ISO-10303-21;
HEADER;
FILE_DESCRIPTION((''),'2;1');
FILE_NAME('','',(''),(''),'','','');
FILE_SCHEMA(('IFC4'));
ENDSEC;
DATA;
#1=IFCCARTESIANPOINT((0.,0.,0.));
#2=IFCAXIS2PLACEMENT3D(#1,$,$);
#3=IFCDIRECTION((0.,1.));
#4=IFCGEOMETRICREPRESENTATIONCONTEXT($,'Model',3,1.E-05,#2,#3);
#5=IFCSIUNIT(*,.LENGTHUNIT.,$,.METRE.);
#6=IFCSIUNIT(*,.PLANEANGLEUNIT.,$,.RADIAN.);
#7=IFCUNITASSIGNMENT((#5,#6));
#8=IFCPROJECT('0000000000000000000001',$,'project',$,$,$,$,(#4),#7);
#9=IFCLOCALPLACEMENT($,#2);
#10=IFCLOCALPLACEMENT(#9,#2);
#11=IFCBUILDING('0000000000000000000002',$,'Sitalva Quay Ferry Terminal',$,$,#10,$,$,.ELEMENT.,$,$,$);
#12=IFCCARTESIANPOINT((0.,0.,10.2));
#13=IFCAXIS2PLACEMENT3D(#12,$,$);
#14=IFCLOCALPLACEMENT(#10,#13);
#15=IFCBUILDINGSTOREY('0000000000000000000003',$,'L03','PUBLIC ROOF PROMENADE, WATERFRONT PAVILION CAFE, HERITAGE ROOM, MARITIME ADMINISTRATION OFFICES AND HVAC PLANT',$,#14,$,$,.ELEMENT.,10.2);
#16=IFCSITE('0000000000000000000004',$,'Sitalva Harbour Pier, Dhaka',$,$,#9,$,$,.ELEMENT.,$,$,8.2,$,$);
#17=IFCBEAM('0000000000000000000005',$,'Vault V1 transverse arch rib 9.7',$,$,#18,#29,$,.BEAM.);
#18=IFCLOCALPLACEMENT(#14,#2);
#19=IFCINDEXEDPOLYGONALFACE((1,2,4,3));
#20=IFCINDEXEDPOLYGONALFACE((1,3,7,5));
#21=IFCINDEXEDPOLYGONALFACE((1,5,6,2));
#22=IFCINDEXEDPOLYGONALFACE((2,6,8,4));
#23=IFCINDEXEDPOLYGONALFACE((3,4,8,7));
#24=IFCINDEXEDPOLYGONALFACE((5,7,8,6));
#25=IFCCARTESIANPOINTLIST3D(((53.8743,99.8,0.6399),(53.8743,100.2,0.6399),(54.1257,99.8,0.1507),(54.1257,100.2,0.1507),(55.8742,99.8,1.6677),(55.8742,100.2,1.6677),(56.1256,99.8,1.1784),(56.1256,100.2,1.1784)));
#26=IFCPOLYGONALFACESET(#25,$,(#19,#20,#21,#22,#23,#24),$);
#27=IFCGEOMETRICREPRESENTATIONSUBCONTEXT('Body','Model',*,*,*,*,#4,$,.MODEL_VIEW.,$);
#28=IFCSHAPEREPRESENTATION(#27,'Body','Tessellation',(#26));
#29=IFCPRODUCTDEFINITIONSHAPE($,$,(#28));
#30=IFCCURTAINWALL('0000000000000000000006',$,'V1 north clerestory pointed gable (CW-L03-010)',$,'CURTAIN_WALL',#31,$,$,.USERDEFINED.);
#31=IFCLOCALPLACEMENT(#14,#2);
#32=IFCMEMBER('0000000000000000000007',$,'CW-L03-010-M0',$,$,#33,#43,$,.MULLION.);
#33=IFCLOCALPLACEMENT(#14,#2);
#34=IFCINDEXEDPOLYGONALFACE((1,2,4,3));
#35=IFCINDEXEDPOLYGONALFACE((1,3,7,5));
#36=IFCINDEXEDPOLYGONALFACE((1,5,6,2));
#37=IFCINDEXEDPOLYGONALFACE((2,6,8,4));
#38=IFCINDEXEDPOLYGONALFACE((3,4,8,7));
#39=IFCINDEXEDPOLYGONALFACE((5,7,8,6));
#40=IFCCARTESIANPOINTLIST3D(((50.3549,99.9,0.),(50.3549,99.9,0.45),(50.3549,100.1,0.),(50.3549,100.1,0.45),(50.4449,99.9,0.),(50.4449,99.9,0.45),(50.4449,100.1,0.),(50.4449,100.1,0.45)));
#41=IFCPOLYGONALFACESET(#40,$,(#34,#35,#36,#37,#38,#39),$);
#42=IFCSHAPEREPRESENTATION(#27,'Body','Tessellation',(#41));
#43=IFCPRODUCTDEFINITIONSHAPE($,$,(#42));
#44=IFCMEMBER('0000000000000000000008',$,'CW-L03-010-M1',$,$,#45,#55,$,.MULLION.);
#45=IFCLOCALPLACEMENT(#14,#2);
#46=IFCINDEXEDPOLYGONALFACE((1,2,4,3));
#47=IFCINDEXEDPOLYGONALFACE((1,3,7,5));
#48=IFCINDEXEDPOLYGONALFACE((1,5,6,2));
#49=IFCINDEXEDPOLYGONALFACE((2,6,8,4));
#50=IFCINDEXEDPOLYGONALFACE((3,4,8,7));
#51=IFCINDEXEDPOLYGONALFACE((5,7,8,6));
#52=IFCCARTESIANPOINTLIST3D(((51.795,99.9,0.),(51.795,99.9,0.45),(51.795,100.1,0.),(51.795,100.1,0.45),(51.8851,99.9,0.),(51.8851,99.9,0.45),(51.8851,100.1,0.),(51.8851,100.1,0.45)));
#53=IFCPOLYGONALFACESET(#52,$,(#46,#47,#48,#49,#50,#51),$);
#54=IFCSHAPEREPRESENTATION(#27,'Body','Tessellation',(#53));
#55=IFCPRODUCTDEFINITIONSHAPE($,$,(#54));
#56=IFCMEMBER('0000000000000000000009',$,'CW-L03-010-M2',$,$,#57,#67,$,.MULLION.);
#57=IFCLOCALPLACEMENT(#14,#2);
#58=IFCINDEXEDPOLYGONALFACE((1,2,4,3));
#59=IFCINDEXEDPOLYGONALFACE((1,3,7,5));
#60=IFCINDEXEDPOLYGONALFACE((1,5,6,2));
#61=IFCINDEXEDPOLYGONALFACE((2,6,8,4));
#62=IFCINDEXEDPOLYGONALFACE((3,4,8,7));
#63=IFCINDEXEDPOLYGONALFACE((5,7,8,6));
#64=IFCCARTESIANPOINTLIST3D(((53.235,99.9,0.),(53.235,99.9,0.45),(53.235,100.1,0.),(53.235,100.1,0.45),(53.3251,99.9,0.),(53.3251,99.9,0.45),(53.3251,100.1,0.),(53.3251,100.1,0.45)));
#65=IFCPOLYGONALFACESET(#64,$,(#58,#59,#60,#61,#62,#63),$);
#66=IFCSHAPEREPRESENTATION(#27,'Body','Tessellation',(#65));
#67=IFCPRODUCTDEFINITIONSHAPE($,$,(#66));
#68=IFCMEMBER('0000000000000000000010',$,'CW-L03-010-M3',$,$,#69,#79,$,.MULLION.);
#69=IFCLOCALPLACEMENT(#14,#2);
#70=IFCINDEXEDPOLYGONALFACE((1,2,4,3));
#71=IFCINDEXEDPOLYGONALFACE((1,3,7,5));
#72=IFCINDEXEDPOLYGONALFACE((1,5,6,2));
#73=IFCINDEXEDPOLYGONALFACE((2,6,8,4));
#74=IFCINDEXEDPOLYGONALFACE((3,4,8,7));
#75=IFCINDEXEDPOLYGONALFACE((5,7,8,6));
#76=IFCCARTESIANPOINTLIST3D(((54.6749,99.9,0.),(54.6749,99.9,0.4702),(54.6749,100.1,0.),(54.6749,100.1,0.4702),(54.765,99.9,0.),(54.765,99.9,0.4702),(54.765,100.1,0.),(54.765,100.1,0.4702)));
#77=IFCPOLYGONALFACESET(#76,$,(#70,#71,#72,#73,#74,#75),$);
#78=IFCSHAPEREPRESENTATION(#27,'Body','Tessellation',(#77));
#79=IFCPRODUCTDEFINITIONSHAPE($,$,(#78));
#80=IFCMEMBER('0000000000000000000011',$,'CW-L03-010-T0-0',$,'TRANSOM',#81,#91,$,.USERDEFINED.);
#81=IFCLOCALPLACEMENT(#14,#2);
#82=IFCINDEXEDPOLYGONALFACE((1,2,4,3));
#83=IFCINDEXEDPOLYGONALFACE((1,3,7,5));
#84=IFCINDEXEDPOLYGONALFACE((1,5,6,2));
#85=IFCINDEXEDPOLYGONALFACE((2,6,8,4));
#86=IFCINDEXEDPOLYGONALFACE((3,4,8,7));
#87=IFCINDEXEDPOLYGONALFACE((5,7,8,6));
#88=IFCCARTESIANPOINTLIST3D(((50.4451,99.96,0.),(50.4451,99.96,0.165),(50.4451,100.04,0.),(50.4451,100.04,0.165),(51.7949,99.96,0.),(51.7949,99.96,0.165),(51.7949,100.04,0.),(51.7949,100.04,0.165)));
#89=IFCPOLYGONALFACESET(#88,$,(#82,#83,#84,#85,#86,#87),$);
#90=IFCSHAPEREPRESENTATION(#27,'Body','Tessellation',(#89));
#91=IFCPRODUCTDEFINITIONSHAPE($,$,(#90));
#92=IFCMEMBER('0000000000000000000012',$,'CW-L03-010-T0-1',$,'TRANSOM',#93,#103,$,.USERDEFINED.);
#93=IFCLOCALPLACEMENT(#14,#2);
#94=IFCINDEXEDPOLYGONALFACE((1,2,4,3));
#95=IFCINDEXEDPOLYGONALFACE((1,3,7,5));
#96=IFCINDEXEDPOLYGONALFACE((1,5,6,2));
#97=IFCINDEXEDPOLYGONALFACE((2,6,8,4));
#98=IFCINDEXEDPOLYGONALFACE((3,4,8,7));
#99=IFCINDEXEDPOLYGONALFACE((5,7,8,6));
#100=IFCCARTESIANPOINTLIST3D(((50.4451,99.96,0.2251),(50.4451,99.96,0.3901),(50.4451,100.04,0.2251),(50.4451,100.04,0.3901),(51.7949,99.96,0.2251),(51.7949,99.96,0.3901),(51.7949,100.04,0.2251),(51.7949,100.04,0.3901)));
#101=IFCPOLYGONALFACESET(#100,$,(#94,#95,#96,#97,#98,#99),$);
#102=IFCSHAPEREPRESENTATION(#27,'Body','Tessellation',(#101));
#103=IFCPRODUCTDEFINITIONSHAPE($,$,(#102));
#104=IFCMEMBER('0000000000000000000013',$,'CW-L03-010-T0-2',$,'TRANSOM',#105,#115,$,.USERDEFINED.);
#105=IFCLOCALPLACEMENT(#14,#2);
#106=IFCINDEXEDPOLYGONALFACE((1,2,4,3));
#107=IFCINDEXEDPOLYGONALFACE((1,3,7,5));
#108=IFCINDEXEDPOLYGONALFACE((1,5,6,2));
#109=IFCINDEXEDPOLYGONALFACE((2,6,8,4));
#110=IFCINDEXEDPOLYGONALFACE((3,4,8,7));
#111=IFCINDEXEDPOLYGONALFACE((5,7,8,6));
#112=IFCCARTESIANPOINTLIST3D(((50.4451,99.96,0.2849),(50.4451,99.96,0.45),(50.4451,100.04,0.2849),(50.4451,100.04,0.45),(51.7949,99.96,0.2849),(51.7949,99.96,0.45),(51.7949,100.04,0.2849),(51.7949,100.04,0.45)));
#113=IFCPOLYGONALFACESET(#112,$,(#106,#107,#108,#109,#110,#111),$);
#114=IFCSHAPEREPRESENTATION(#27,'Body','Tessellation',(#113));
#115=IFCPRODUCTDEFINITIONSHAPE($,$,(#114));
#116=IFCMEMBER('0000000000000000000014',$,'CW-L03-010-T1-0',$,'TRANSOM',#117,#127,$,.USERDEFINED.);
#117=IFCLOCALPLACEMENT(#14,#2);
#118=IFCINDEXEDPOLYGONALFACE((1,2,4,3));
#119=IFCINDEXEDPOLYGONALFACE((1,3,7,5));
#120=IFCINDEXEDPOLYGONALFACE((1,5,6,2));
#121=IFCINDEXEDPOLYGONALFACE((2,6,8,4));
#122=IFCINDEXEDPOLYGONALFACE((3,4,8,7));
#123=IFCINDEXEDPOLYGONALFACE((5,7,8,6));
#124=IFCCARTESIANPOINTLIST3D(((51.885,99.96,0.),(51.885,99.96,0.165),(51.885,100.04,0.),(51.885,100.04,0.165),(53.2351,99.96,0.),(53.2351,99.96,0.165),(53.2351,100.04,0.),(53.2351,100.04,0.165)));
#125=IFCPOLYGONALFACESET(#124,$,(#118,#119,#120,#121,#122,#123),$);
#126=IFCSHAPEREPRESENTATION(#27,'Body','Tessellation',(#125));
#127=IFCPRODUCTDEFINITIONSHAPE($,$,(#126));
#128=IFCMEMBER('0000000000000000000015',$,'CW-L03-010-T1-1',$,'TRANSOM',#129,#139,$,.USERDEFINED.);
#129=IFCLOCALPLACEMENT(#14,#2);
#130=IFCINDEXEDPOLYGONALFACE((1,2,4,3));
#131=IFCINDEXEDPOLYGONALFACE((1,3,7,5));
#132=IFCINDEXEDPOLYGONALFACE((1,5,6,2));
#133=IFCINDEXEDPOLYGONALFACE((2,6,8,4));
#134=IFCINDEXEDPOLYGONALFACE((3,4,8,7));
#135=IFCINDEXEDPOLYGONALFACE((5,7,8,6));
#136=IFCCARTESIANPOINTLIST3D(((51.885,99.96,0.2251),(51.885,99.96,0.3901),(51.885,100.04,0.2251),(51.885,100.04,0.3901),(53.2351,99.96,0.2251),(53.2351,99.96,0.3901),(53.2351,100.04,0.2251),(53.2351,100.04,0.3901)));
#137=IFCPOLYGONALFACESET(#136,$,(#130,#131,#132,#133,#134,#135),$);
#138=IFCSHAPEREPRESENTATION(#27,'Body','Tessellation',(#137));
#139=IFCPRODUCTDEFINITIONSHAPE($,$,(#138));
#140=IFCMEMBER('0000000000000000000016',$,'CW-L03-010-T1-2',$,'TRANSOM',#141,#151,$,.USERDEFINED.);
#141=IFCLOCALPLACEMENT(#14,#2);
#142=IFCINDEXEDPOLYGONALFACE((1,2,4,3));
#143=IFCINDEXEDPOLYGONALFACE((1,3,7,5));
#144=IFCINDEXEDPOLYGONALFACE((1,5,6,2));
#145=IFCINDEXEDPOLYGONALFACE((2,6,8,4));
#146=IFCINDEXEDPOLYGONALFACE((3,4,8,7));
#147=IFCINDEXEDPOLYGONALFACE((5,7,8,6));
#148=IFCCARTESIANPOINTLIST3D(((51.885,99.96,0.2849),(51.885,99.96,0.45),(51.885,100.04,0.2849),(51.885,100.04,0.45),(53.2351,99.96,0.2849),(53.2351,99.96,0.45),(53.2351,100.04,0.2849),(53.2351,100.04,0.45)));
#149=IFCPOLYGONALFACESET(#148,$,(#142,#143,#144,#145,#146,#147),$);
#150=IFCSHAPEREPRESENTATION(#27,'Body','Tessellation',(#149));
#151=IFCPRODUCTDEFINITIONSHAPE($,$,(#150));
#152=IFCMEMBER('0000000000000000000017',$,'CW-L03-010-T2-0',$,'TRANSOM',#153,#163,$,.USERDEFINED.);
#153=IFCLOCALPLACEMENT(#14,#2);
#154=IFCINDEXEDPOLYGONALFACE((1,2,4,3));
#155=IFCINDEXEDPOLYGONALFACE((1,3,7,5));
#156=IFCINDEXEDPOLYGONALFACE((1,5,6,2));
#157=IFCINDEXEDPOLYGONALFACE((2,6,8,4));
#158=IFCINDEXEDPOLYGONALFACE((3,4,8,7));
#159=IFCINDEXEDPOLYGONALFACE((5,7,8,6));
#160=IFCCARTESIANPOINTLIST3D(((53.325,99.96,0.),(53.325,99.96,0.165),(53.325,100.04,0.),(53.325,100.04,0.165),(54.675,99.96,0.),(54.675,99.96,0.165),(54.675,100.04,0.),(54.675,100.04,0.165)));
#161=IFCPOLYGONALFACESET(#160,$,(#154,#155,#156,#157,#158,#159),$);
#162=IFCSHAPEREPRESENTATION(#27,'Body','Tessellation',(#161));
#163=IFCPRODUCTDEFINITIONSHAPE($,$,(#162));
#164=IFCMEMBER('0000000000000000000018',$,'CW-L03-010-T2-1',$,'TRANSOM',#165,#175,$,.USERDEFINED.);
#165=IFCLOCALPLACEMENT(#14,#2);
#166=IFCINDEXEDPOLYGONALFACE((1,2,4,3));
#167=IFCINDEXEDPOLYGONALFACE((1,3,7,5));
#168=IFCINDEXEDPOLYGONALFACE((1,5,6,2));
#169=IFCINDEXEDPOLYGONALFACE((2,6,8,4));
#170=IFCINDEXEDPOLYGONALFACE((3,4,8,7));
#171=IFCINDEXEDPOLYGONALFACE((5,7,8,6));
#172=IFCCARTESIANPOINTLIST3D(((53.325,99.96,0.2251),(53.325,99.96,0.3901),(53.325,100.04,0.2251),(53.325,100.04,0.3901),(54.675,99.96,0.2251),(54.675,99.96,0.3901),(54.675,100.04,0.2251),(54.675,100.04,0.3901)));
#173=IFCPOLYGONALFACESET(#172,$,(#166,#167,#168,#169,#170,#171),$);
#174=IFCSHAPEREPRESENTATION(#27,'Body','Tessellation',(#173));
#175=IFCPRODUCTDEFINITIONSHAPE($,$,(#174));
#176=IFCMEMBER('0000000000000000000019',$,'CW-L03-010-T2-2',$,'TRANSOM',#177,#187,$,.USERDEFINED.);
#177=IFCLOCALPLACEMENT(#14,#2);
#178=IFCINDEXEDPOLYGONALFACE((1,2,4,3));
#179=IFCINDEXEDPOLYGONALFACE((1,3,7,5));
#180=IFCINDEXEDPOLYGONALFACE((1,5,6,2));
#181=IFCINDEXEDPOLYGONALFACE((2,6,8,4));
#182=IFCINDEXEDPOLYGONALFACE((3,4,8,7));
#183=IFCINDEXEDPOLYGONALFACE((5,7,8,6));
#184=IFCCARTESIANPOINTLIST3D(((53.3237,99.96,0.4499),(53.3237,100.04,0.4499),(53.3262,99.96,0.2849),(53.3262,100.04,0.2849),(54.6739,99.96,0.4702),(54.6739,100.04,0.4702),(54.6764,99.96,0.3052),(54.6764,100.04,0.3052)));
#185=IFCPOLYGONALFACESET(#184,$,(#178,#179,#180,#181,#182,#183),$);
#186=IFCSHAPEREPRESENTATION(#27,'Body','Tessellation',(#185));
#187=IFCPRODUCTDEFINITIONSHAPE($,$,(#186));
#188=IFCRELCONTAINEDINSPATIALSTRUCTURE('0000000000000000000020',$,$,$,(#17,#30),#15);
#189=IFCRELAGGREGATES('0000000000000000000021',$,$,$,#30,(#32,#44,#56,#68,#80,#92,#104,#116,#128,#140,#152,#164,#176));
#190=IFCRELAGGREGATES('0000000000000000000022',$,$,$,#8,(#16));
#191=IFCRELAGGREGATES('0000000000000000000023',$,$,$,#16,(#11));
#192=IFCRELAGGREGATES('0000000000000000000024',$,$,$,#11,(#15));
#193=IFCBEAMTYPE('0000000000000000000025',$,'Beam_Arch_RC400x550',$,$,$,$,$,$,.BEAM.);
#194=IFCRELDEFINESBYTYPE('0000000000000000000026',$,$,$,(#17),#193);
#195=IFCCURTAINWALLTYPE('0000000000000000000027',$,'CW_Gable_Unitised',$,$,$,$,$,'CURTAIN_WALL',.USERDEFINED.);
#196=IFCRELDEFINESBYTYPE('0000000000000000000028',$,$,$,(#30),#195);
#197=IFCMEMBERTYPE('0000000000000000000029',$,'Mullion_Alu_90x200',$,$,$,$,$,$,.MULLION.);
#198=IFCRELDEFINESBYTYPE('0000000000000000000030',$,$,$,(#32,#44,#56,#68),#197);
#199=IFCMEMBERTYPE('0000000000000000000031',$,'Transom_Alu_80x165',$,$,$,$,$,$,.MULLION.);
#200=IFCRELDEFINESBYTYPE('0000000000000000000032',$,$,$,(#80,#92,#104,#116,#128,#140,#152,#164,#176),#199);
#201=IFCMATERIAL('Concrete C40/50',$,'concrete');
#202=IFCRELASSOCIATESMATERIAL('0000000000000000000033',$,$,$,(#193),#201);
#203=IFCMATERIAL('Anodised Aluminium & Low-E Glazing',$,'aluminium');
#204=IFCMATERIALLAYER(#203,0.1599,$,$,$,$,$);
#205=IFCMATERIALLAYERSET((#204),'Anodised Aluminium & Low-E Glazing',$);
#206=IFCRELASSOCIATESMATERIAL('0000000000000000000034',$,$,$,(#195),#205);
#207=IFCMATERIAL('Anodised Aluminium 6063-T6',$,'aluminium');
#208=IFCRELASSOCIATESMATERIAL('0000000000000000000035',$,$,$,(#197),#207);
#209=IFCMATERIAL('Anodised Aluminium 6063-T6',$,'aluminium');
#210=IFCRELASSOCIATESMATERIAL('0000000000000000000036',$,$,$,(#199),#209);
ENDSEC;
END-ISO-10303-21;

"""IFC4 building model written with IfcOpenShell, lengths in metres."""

from ifc_helpers import new_model, si_unit, direction, frame, origin, origin_2d, place, context, subcontext, project, spatial, rectangle, extrude, material, layer, layer_set, material_profile, profile_set, type_object, element, aggregate, save


model = new_model("IFC4")

# Units and contexts
model_context = context("Model", 3, precision=1e-05, world=origin(), true_north=direction((0.0, 1.0)))
body_context = subcontext(model_context, "Body", "Model", "MODEL_VIEW")
ifc_project = project(units=[si_unit("LENGTHUNIT", "METRE"), si_unit("PLANEANGLEUNIT", "RADIAN")], contexts=[model_context])

# Site, building, storey
site_placement = place(None, origin())
site = spatial("IfcSite", under=ifc_project, at=site_placement, Name="Sitalva Harbour Pier, Dhaka", CompositionType="ELEMENT", RefElevation=8.2)
building_placement = place(site_placement, origin())
building = spatial("IfcBuilding", under=site, at=building_placement, Name="Sitalva Quay Ferry Terminal", CompositionType="ELEMENT")
storey_placement = place(building_placement, frame((0.0, 0.0, 10.2)))
storey = spatial("IfcBuildingStorey", under=building, at=storey_placement, Name="L03", Description="PUBLIC ROOF PROMENADE, WATERFRONT PAVILION CAFE, HERITAGE ROOM, MARITIME ADMINISTRATION OFFICES AND HVAC PLANT", CompositionType="ELEMENT", Elevation=10.2)

# Beam
ifc_material_1 = material(Name="Concrete C40/50", Category="concrete")
ifc_material_profile_1 = material_profile(ifc_material_1, rectangle(XDim=0.3999, YDim=0.55, at=origin_2d()), Name="RC400x550")
ifc_profile_set_1 = profile_set([ifc_material_profile_1], Name="Concrete C40/50")
beam_type = type_object("IfcBeamType", Name="Beam_Arch_RC400x550", PredefinedType="BEAM", material=ifc_profile_set_1)
beam_placement = place(storey_placement, frame((54.0, 100.0, 0.3953), z_axis=(0.889421, 0.0, 0.457088), x_axis=(0.0, 1.0, 0.0)))
element("IfcBeam", 1, at=beam_placement, inside=storey, type_object=beam_type, Name="Vault V1 transverse arch rib 9.7", PredefinedType="BEAM", context=body_context, shape_type="SweptSolid", body=[
    extrude(rectangle(XDim=0.3999, YDim=0.55, at=origin_2d()), origin(), (0.0, 0.0, 1.0), 2.2485),
])

# Curtain wall, members
ifc_material_2 = material(Name="Anodised Aluminium & Low-E Glazing", Category="aluminium")
ifc_layer_1 = layer(ifc_material_2, 0.1599)
ifc_layer_set_1 = layer_set([ifc_layer_1], Name="Anodised Aluminium & Low-E Glazing")
curtain_wall_type = type_object("IfcCurtainWallType", Name="CW_Gable_Unitised", ElementType="CURTAIN_WALL", PredefinedType="USERDEFINED", material=ifc_layer_set_1)
curtain_wall_placement = place(storey_placement, origin())
curtain_wall = element("IfcCurtainWall", 2, at=curtain_wall_placement, inside=storey, type_object=curtain_wall_type, Name="V1 north clerestory pointed gable (CW-L03-010)", ObjectType="CURTAIN_WALL", PredefinedType="USERDEFINED")
ifc_material_3 = material(Name="Anodised Aluminium 6063-T6", Category="aluminium")
ifc_material_profile_2 = material_profile(ifc_material_3, rectangle(XDim=0.0901, YDim=0.2, at=origin_2d()), Name="ALU90x200")
ifc_profile_set_2 = profile_set([ifc_material_profile_2], Name="Anodised Aluminium 6063-T6")
member_type_1 = type_object("IfcMemberType", Name="Mullion_Alu_90x200", PredefinedType="MULLION", material=ifc_profile_set_2)
member_1_placement = place(storey_placement, frame((50.3999, 100.0, 0.0), z_axis=(0.0, 0.0, 1.0), x_axis=(1.0, 0.0, 0.0)))
member_1 = element("IfcMember", 3, at=member_1_placement, type_object=member_type_1, Name="CW-L03-010-M0", PredefinedType="MULLION", context=body_context, shape_type="SweptSolid", body=[
    extrude(rectangle(XDim=0.0901, YDim=0.2, at=origin_2d()), origin(), (0.0, 0.0, 1.0), 0.45),
])
member_2_placement = place(storey_placement, frame((51.8401, 100.0, 0.0), z_axis=(0.0, 0.0, 1.0), x_axis=(1.0, 0.0, 0.0)))
member_2 = element("IfcMember", 4, at=member_2_placement, type_object=member_type_1, Name="CW-L03-010-M1", PredefinedType="MULLION", context=body_context, shape_type="SweptSolid", body=[
    extrude(rectangle(XDim=0.0901, YDim=0.2, at=origin_2d()), origin(), (0.0, 0.0, 1.0), 0.45),
])
member_3_placement = place(storey_placement, frame((53.28, 100.0, 0.0), z_axis=(0.0, 0.0, 1.0), x_axis=(1.0, 0.0, 0.0)))
member_3 = element("IfcMember", 5, at=member_3_placement, type_object=member_type_1, Name="CW-L03-010-M2", PredefinedType="MULLION", context=body_context, shape_type="SweptSolid", body=[
    extrude(rectangle(XDim=0.0901, YDim=0.2, at=origin_2d()), origin(), (0.0, 0.0, 1.0), 0.45),
])
member_4_placement = place(storey_placement, frame((54.72, 100.0, 0.0), z_axis=(0.0, 0.0, 1.0), x_axis=(1.0, 0.0, 0.0)))
member_4 = element("IfcMember", 6, at=member_4_placement, type_object=member_type_1, Name="CW-L03-010-M3", PredefinedType="MULLION", context=body_context, shape_type="SweptSolid", body=[
    extrude(rectangle(XDim=0.0901, YDim=0.2, at=origin_2d()), origin(), (0.0, 0.0, 1.0), 0.4702),
])
ifc_material_4 = material(Name="Anodised Aluminium 6063-T6", Category="aluminium")
ifc_material_profile_3 = material_profile(ifc_material_4, rectangle(XDim=0.0801, YDim=0.165, at=origin_2d()), Name="ALU80x165")
ifc_profile_set_3 = profile_set([ifc_material_profile_3], Name="Anodised Aluminium 6063-T6")
member_type_2 = type_object("IfcMemberType", Name="Transom_Alu_80x165", PredefinedType="MULLION", material=ifc_profile_set_3)
member_5_placement = place(storey_placement, frame((50.4451, 100.0, 0.0825), z_axis=(1.0, 0.0, 0.0), x_axis=(0.0, 1.0, 0.0)))
member_5 = element("IfcMember", 7, at=member_5_placement, type_object=member_type_2, Name="CW-L03-010-T0-0", ObjectType="TRANSOM", PredefinedType="USERDEFINED", context=body_context, shape_type="SweptSolid", body=[
    extrude(rectangle(XDim=0.0801, YDim=0.165, at=origin_2d()), origin(), (0.0, 0.0, 1.0), 1.3499),
])
member_6_placement = place(storey_placement, frame((50.4451, 100.0, 0.3076), z_axis=(1.0, 0.0, 0.0), x_axis=(0.0, 1.0, 0.0)))
member_6 = element("IfcMember", 8, at=member_6_placement, type_object=member_type_2, Name="CW-L03-010-T0-1", ObjectType="TRANSOM", PredefinedType="USERDEFINED", context=body_context, shape_type="SweptSolid", body=[
    extrude(rectangle(XDim=0.0801, YDim=0.165, at=origin_2d()), origin(), (0.0, 0.0, 1.0), 1.3499),
])
member_7_placement = place(storey_placement, frame((50.4451, 100.0, 0.3674), z_axis=(1.0, 0.0, 0.0), x_axis=(0.0, 1.0, 0.0)))
member_7 = element("IfcMember", 9, at=member_7_placement, type_object=member_type_2, Name="CW-L03-010-T0-2", ObjectType="TRANSOM", PredefinedType="USERDEFINED", context=body_context, shape_type="SweptSolid", body=[
    extrude(rectangle(XDim=0.0801, YDim=0.165, at=origin_2d()), origin(), (0.0, 0.0, 1.0), 1.3499),
])
member_8_placement = place(storey_placement, frame((51.885, 100.0, 0.0825), z_axis=(1.0, 0.0, 0.0), x_axis=(0.0, 1.0, 0.0)))
member_8 = element("IfcMember", 10, at=member_8_placement, type_object=member_type_2, Name="CW-L03-010-T1-0", ObjectType="TRANSOM", PredefinedType="USERDEFINED", context=body_context, shape_type="SweptSolid", body=[
    extrude(rectangle(XDim=0.0801, YDim=0.165, at=origin_2d()), origin(), (0.0, 0.0, 1.0), 1.3501),
])
member_9_placement = place(storey_placement, frame((51.885, 100.0, 0.3076), z_axis=(1.0, 0.0, 0.0), x_axis=(0.0, 1.0, 0.0)))
member_9 = element("IfcMember", 11, at=member_9_placement, type_object=member_type_2, Name="CW-L03-010-T1-1", ObjectType="TRANSOM", PredefinedType="USERDEFINED", context=body_context, shape_type="SweptSolid", body=[
    extrude(rectangle(XDim=0.0801, YDim=0.165, at=origin_2d()), origin(), (0.0, 0.0, 1.0), 1.3501),
])
member_10_placement = place(storey_placement, frame((51.885, 100.0, 0.3674), z_axis=(1.0, 0.0, 0.0), x_axis=(0.0, 1.0, 0.0)))
member_10 = element("IfcMember", 12, at=member_10_placement, type_object=member_type_2, Name="CW-L03-010-T1-2", ObjectType="TRANSOM", PredefinedType="USERDEFINED", context=body_context, shape_type="SweptSolid", body=[
    extrude(rectangle(XDim=0.0801, YDim=0.165, at=origin_2d()), origin(), (0.0, 0.0, 1.0), 1.3501),
])
member_11_placement = place(storey_placement, frame((53.325, 100.0, 0.0825), z_axis=(1.0, 0.0, 0.0), x_axis=(0.0, 1.0, 0.0)))
member_11 = element("IfcMember", 13, at=member_11_placement, type_object=member_type_2, Name="CW-L03-010-T2-0", ObjectType="TRANSOM", PredefinedType="USERDEFINED", context=body_context, shape_type="SweptSolid", body=[
    extrude(rectangle(XDim=0.0801, YDim=0.165, at=origin_2d()), origin(), (0.0, 0.0, 1.0), 1.3501),
])
member_12_placement = place(storey_placement, frame((53.325, 100.0, 0.3076), z_axis=(1.0, 0.0, 0.0), x_axis=(0.0, 1.0, 0.0)))
member_12 = element("IfcMember", 14, at=member_12_placement, type_object=member_type_2, Name="CW-L03-010-T2-1", ObjectType="TRANSOM", PredefinedType="USERDEFINED", context=body_context, shape_type="SweptSolid", body=[
    extrude(rectangle(XDim=0.0801, YDim=0.165, at=origin_2d()), origin(), (0.0, 0.0, 1.0), 1.3501),
])
member_13_placement = place(storey_placement, frame((53.325, 100.0, 0.3674), z_axis=(0.999887, 0.0, 0.015007), x_axis=(0.0, 1.0, 0.0)))
member_13 = element("IfcMember", 15, at=member_13_placement, type_object=member_type_2, Name="CW-L03-010-T2-2", ObjectType="TRANSOM", PredefinedType="USERDEFINED", context=body_context, shape_type="SweptSolid", body=[
    extrude(rectangle(XDim=0.0801, YDim=0.165, at=origin_2d()), origin(), (0.0, 0.0, 1.0), 1.3503),
])
aggregate(curtain_wall, [member_1, member_2, member_3, member_4, member_5, member_6, member_7, member_8, member_9, member_10, member_11, member_12, member_13])

save(model, "model.ifc")
